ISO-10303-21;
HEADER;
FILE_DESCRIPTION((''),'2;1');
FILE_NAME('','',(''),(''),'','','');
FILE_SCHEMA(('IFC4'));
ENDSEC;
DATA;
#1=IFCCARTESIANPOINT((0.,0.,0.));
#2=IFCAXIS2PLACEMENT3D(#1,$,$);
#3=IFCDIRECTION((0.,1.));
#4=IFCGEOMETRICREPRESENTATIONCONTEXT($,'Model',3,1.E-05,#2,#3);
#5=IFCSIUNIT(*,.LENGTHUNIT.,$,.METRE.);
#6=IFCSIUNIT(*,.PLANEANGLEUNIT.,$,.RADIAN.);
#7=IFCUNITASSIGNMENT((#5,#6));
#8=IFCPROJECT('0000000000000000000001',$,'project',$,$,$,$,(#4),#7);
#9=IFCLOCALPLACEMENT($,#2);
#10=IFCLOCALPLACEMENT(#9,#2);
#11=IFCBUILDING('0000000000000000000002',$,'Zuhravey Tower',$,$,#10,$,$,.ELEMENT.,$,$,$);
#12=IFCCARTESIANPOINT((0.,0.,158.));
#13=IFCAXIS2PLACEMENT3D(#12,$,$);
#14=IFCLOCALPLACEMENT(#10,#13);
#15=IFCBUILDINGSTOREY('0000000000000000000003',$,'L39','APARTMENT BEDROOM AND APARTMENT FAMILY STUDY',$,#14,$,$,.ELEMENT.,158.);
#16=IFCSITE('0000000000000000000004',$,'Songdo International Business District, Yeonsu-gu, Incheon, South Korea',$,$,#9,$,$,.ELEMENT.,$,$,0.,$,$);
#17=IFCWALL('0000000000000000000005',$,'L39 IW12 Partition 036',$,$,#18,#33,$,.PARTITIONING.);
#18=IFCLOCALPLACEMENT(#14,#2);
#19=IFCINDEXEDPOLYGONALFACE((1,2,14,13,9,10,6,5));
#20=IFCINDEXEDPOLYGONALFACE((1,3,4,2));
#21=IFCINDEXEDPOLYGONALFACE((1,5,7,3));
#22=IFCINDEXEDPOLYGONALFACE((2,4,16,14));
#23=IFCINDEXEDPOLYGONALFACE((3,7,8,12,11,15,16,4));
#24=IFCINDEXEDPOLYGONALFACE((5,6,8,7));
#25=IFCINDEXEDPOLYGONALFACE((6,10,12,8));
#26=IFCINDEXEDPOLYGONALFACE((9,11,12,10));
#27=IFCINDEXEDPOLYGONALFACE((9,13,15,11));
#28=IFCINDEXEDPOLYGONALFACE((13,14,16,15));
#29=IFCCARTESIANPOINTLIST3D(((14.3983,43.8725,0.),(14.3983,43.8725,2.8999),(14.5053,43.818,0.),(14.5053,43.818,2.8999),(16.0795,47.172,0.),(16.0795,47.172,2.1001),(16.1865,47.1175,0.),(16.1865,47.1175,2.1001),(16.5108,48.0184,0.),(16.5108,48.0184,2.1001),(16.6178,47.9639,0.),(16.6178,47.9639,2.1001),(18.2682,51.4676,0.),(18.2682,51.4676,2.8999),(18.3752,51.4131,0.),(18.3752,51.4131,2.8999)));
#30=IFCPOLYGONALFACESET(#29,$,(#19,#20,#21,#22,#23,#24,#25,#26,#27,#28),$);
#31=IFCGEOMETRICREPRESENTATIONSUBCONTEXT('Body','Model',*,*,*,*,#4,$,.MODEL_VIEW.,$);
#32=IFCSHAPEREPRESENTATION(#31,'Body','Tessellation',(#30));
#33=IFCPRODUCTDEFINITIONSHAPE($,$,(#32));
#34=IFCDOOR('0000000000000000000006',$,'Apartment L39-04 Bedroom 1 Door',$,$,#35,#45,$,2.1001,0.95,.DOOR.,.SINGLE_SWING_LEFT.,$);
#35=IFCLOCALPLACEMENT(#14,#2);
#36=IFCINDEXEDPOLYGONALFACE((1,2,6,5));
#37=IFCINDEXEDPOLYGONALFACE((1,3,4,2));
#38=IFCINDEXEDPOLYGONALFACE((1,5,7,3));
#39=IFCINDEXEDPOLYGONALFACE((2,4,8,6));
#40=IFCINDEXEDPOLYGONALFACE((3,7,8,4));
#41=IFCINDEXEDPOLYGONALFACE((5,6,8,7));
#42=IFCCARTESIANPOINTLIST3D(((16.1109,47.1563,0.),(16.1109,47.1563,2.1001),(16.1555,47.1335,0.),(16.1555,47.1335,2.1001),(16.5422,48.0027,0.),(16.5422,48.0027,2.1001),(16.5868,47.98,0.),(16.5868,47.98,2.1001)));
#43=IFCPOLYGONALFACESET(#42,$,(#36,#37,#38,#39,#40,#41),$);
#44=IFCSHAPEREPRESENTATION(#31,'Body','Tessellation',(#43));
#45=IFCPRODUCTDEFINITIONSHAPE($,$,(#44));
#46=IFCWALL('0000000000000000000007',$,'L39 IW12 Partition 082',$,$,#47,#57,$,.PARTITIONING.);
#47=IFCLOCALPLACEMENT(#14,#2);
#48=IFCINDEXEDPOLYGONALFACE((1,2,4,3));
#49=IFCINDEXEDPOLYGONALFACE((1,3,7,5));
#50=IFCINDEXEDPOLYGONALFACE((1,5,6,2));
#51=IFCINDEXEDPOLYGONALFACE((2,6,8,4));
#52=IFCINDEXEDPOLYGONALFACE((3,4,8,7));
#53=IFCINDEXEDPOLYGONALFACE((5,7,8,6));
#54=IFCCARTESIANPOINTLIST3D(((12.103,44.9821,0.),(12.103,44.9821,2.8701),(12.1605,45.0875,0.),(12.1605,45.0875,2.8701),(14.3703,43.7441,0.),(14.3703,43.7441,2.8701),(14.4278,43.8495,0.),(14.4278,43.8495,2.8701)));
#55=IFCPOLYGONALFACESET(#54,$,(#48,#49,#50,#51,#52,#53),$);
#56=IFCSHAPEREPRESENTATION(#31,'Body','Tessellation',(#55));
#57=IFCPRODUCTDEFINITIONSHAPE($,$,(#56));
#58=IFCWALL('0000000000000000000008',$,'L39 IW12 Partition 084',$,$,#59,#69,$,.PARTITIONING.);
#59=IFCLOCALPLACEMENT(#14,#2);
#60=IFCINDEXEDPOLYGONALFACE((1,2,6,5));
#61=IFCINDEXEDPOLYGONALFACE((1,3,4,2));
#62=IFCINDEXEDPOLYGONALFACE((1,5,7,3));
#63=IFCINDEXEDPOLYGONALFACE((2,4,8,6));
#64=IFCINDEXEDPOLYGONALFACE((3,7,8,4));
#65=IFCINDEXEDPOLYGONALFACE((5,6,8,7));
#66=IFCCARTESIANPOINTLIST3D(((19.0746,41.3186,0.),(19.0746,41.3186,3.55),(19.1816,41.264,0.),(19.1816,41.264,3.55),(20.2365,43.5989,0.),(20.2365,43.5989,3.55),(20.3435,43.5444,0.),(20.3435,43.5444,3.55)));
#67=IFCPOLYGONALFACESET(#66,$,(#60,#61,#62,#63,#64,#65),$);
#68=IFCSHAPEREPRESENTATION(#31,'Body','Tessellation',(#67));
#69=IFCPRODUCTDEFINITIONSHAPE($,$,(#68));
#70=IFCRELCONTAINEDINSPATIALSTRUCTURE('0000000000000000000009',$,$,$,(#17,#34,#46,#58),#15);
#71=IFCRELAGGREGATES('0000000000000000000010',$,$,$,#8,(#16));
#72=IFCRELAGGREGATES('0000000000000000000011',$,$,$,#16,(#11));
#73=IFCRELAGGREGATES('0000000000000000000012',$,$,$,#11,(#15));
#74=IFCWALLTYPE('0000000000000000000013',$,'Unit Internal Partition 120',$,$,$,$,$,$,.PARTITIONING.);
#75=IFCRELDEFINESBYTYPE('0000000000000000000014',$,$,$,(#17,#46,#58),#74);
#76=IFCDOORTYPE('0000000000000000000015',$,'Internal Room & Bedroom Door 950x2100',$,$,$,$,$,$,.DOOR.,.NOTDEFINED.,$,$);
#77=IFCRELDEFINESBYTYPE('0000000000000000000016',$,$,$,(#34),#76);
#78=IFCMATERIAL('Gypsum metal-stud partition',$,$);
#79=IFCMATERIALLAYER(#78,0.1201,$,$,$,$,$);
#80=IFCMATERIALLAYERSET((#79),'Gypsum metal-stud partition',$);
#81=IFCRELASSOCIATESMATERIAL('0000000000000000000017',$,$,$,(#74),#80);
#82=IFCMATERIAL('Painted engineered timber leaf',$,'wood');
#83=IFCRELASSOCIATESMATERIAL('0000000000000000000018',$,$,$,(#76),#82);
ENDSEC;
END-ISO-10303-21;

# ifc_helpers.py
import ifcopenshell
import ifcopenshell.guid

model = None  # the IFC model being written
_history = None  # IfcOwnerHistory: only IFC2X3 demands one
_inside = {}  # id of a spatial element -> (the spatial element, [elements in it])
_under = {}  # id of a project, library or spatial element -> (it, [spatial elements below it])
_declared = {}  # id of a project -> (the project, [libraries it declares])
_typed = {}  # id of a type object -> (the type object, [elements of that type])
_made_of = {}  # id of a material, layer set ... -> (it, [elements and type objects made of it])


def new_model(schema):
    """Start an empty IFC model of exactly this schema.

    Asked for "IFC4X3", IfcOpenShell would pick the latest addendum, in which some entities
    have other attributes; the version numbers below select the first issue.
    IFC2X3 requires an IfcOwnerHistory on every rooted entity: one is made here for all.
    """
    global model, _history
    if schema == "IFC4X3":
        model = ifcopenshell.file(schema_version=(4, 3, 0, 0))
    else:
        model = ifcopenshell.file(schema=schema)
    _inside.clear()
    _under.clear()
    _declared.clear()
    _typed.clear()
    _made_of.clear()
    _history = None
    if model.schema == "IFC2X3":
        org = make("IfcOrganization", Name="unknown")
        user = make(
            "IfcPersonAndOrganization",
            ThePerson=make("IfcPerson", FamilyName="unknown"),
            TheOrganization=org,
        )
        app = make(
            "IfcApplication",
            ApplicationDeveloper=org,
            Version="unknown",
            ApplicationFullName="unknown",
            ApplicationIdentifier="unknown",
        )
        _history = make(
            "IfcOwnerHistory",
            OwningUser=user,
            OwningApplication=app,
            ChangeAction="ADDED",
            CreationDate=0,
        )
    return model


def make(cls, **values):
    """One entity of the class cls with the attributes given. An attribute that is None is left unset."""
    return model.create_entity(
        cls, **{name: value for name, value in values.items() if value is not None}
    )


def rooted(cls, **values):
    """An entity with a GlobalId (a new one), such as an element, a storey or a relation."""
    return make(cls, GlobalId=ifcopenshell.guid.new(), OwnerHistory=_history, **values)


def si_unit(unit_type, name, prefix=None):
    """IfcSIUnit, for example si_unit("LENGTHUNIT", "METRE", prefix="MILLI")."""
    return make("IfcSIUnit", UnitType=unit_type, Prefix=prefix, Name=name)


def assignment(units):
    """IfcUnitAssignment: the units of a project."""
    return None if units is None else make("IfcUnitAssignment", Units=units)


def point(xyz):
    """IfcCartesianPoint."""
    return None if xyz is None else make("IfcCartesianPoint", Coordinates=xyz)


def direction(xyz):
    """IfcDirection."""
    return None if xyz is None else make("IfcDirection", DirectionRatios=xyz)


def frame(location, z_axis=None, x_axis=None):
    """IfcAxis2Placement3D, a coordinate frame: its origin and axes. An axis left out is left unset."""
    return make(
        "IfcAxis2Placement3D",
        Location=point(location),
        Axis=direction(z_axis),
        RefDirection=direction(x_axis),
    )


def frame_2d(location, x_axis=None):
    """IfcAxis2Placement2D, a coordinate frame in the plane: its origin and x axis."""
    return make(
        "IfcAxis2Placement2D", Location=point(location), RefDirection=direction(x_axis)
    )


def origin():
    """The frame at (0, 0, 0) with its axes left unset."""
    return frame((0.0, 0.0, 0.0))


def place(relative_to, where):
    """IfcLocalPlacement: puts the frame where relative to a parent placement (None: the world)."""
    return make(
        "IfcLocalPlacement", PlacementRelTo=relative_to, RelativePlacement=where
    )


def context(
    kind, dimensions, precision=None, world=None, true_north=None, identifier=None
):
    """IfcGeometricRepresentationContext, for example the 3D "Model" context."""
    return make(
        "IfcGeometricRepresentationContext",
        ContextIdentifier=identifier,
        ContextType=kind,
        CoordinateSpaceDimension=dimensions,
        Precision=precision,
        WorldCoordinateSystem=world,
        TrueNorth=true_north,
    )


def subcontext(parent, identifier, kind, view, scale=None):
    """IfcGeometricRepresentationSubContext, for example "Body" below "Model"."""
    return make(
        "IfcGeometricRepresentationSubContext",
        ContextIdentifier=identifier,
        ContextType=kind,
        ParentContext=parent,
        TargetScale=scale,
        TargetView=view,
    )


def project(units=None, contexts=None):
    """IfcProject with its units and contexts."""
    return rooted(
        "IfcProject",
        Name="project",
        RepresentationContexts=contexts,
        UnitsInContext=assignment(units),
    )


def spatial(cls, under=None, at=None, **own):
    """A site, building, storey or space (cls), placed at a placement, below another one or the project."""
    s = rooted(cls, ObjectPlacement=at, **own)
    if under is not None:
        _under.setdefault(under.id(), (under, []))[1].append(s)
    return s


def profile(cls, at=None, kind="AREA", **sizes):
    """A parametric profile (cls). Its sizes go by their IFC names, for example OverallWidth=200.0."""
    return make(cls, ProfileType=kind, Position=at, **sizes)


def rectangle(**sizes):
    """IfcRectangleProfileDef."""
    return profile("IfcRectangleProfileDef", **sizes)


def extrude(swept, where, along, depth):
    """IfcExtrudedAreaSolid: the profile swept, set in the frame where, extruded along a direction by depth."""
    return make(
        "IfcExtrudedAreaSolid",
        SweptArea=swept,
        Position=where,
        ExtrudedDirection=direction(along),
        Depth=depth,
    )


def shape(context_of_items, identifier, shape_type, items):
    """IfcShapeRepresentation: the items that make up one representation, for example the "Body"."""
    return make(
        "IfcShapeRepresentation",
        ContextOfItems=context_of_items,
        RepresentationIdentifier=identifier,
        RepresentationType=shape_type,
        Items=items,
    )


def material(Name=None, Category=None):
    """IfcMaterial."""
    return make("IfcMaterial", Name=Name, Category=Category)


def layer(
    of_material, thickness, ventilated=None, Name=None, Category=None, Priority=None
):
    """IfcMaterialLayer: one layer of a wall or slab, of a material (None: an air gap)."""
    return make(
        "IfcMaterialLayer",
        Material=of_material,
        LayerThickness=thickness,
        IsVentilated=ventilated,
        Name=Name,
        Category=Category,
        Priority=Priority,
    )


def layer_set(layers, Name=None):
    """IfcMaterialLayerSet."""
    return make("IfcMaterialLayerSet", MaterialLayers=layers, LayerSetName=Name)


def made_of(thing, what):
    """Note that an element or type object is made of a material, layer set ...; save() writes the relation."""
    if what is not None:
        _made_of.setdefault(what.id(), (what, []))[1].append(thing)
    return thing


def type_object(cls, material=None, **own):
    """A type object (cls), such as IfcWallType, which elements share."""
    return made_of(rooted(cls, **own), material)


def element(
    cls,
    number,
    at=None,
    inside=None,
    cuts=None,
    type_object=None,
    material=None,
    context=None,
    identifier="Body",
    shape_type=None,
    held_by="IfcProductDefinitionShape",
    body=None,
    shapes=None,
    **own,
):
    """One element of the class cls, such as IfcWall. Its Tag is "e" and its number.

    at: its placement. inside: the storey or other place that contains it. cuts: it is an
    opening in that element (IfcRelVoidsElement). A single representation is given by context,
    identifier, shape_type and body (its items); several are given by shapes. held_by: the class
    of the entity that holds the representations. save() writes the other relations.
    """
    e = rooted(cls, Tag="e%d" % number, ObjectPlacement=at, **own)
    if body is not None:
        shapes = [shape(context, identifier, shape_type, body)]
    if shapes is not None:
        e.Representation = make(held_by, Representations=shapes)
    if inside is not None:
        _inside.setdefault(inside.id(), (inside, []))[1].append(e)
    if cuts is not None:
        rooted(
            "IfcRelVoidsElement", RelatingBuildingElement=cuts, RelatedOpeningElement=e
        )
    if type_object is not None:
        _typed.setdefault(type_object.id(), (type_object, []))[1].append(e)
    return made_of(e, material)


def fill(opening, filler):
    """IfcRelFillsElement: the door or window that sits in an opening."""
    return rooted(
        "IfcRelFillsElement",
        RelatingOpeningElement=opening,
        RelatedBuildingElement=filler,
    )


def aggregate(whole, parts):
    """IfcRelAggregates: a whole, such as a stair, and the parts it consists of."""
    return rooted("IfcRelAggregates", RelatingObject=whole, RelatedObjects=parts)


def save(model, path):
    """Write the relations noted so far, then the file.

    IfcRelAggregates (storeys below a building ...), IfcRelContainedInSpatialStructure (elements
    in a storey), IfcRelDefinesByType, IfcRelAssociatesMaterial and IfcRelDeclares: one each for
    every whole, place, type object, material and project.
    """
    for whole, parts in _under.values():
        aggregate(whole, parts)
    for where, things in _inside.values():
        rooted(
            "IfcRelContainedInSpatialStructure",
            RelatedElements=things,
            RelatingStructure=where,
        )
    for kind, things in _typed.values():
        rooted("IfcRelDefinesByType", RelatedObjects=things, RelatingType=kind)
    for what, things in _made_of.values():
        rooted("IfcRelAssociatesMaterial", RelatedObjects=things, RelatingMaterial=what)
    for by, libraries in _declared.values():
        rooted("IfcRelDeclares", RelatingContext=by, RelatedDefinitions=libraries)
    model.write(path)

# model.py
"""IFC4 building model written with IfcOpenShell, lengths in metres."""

from ifc_helpers import new_model, si_unit, direction, frame, frame_2d, origin, place, context, subcontext, project, spatial, rectangle, extrude, material, layer, layer_set, type_object, element, fill, save


model = new_model("IFC4")

# Units and contexts
model_context = context("Model", 3, precision=1e-05, world=origin(), true_north=direction((0.0, 1.0)))
body_context = subcontext(model_context, "Body", "Model", "MODEL_VIEW")
ifc_project = project(units=[si_unit("LENGTHUNIT", "METRE"), si_unit("PLANEANGLEUNIT", "RADIAN")], contexts=[model_context])

# Site, building, storey
site_placement = place(None, origin())
site = spatial("IfcSite", under=ifc_project, at=site_placement, Name="Songdo International Business District, Yeonsu-gu, Incheon, South Korea", CompositionType="ELEMENT", RefElevation=0.0)
building_placement = place(site_placement, origin())
building = spatial("IfcBuilding", under=site, at=building_placement, Name="Zuhravey Tower", CompositionType="ELEMENT")
storey_placement = place(building_placement, frame((0.0, 0.0, 158.0)))
storey = spatial("IfcBuildingStorey", under=building, at=storey_placement, Name="L39", Description="APARTMENT BEDROOM AND APARTMENT FAMILY STUDY", CompositionType="ELEMENT", Elevation=158.0)

# Wall, opening, door
ifc_material_1 = material(Name="Gypsum metal-stud partition")
ifc_layer_1 = layer(ifc_material_1, 0.1201)
ifc_layer_set_1 = layer_set([ifc_layer_1], Name="Gypsum metal-stud partition")
wall_type_1 = type_object("IfcWallType", Name="Unit Internal Partition 120", PredefinedType="PARTITIONING", material=ifc_layer_set_1)
wall_1_placement = place(storey_placement, frame((18.3218, 51.4404, 0.0), z_axis=(0.0, 0.0, 1.0), x_axis=(-0.453994, -0.891005, 0.0)))
wall_1 = element("IfcWall", 1, at=wall_1_placement, inside=storey, type_object=wall_type_1, Name="L39 IW12 Partition 036", PredefinedType="PARTITIONING", context=body_context, shape_type="SweptSolid", body=[
    extrude(rectangle(XDim=8.5242, YDim=0.1201, at=frame_2d((4.2622, 0.0))), origin(), (0.0, 0.0, 1.0), 2.8999),
])
opening_1_placement = place(wall_1_placement, frame((3.8711, 0.0, 0.0)))
opening_1 = element("IfcOpeningElement", 2, at=opening_1_placement, cuts=wall_1, PredefinedType="OPENING", context=body_context, shape_type="SweptSolid", body=[
    extrude(rectangle(XDim=0.95, YDim=2.1001, at=frame_2d((0.4751, 1.05))), frame((0.0, 0.072, 0.0), z_axis=(0.0, -1.0, 0.0), x_axis=(1.0, 0.0, 0.0)), (0.0, 0.0, 1.0), 0.144),
])
ifc_material_2 = material(Name="Painted engineered timber leaf", Category="wood")
door_type = type_object("IfcDoorType", Name="Internal Room & Bedroom Door 950x2100", OperationType="NOTDEFINED", PredefinedType="DOOR", material=ifc_material_2)
door_placement = place(opening_1_placement, frame((0.95, 0.0, 0.0), z_axis=(0.0, 0.0, 1.0), x_axis=(-1.0, 0.0, 0.0)))
door = element("IfcDoor", 3, at=door_placement, inside=storey, type_object=door_type, Name="Apartment L39-04 Bedroom 1 Door", OperationType="SINGLE_SWING_LEFT", OverallHeight=2.1001, OverallWidth=0.95, PredefinedType="DOOR", context=body_context, shape_type="SweptSolid", body=[
    extrude(rectangle(XDim=0.95, YDim=2.1001, at=frame_2d((0.4751, 1.05))), frame((0.0, 0.0249, 0.0), z_axis=(0.0, -1.0, 0.0), x_axis=(1.0, 0.0, 0.0)), (0.0, 0.0, 1.0), 0.05),
])
fill(opening_1, door)

# Walls
wall_2_placement = place(storey_placement, frame((14.3989, 43.7969, 0.0), z_axis=(0.0, 0.0, 1.0), x_axis=(-0.877682, 0.479243, 0.0)))
element("IfcWall", 4, at=wall_2_placement, inside=storey, type_object=wall_type_1, Name="L39 IW12 Partition 082", PredefinedType="PARTITIONING", context=body_context, shape_type="SweptSolid", body=[
    extrude(rectangle(XDim=2.5833, YDim=0.1201, at=frame_2d((1.2915, 0.0))), origin(), (0.0, 0.0, 1.0), 2.8701),
])
wall_3_placement = place(storey_placement, frame((20.29, 43.5718, 0.0), z_axis=(0.0, 0.0, 1.0), x_axis=(-0.453993, -0.891005, 0.0)))
element("IfcWall", 5, at=wall_3_placement, inside=storey, type_object=wall_type_1, Name="L39 IW12 Partition 084", PredefinedType="PARTITIONING", context=body_context, shape_type="SweptSolid", body=[
    extrude(rectangle(XDim=2.5593, YDim=0.1201, at=frame_2d((1.2798, 0.0))), origin(), (0.0, 0.0, 1.0), 3.55),
])

save(model, "model.ifc")
